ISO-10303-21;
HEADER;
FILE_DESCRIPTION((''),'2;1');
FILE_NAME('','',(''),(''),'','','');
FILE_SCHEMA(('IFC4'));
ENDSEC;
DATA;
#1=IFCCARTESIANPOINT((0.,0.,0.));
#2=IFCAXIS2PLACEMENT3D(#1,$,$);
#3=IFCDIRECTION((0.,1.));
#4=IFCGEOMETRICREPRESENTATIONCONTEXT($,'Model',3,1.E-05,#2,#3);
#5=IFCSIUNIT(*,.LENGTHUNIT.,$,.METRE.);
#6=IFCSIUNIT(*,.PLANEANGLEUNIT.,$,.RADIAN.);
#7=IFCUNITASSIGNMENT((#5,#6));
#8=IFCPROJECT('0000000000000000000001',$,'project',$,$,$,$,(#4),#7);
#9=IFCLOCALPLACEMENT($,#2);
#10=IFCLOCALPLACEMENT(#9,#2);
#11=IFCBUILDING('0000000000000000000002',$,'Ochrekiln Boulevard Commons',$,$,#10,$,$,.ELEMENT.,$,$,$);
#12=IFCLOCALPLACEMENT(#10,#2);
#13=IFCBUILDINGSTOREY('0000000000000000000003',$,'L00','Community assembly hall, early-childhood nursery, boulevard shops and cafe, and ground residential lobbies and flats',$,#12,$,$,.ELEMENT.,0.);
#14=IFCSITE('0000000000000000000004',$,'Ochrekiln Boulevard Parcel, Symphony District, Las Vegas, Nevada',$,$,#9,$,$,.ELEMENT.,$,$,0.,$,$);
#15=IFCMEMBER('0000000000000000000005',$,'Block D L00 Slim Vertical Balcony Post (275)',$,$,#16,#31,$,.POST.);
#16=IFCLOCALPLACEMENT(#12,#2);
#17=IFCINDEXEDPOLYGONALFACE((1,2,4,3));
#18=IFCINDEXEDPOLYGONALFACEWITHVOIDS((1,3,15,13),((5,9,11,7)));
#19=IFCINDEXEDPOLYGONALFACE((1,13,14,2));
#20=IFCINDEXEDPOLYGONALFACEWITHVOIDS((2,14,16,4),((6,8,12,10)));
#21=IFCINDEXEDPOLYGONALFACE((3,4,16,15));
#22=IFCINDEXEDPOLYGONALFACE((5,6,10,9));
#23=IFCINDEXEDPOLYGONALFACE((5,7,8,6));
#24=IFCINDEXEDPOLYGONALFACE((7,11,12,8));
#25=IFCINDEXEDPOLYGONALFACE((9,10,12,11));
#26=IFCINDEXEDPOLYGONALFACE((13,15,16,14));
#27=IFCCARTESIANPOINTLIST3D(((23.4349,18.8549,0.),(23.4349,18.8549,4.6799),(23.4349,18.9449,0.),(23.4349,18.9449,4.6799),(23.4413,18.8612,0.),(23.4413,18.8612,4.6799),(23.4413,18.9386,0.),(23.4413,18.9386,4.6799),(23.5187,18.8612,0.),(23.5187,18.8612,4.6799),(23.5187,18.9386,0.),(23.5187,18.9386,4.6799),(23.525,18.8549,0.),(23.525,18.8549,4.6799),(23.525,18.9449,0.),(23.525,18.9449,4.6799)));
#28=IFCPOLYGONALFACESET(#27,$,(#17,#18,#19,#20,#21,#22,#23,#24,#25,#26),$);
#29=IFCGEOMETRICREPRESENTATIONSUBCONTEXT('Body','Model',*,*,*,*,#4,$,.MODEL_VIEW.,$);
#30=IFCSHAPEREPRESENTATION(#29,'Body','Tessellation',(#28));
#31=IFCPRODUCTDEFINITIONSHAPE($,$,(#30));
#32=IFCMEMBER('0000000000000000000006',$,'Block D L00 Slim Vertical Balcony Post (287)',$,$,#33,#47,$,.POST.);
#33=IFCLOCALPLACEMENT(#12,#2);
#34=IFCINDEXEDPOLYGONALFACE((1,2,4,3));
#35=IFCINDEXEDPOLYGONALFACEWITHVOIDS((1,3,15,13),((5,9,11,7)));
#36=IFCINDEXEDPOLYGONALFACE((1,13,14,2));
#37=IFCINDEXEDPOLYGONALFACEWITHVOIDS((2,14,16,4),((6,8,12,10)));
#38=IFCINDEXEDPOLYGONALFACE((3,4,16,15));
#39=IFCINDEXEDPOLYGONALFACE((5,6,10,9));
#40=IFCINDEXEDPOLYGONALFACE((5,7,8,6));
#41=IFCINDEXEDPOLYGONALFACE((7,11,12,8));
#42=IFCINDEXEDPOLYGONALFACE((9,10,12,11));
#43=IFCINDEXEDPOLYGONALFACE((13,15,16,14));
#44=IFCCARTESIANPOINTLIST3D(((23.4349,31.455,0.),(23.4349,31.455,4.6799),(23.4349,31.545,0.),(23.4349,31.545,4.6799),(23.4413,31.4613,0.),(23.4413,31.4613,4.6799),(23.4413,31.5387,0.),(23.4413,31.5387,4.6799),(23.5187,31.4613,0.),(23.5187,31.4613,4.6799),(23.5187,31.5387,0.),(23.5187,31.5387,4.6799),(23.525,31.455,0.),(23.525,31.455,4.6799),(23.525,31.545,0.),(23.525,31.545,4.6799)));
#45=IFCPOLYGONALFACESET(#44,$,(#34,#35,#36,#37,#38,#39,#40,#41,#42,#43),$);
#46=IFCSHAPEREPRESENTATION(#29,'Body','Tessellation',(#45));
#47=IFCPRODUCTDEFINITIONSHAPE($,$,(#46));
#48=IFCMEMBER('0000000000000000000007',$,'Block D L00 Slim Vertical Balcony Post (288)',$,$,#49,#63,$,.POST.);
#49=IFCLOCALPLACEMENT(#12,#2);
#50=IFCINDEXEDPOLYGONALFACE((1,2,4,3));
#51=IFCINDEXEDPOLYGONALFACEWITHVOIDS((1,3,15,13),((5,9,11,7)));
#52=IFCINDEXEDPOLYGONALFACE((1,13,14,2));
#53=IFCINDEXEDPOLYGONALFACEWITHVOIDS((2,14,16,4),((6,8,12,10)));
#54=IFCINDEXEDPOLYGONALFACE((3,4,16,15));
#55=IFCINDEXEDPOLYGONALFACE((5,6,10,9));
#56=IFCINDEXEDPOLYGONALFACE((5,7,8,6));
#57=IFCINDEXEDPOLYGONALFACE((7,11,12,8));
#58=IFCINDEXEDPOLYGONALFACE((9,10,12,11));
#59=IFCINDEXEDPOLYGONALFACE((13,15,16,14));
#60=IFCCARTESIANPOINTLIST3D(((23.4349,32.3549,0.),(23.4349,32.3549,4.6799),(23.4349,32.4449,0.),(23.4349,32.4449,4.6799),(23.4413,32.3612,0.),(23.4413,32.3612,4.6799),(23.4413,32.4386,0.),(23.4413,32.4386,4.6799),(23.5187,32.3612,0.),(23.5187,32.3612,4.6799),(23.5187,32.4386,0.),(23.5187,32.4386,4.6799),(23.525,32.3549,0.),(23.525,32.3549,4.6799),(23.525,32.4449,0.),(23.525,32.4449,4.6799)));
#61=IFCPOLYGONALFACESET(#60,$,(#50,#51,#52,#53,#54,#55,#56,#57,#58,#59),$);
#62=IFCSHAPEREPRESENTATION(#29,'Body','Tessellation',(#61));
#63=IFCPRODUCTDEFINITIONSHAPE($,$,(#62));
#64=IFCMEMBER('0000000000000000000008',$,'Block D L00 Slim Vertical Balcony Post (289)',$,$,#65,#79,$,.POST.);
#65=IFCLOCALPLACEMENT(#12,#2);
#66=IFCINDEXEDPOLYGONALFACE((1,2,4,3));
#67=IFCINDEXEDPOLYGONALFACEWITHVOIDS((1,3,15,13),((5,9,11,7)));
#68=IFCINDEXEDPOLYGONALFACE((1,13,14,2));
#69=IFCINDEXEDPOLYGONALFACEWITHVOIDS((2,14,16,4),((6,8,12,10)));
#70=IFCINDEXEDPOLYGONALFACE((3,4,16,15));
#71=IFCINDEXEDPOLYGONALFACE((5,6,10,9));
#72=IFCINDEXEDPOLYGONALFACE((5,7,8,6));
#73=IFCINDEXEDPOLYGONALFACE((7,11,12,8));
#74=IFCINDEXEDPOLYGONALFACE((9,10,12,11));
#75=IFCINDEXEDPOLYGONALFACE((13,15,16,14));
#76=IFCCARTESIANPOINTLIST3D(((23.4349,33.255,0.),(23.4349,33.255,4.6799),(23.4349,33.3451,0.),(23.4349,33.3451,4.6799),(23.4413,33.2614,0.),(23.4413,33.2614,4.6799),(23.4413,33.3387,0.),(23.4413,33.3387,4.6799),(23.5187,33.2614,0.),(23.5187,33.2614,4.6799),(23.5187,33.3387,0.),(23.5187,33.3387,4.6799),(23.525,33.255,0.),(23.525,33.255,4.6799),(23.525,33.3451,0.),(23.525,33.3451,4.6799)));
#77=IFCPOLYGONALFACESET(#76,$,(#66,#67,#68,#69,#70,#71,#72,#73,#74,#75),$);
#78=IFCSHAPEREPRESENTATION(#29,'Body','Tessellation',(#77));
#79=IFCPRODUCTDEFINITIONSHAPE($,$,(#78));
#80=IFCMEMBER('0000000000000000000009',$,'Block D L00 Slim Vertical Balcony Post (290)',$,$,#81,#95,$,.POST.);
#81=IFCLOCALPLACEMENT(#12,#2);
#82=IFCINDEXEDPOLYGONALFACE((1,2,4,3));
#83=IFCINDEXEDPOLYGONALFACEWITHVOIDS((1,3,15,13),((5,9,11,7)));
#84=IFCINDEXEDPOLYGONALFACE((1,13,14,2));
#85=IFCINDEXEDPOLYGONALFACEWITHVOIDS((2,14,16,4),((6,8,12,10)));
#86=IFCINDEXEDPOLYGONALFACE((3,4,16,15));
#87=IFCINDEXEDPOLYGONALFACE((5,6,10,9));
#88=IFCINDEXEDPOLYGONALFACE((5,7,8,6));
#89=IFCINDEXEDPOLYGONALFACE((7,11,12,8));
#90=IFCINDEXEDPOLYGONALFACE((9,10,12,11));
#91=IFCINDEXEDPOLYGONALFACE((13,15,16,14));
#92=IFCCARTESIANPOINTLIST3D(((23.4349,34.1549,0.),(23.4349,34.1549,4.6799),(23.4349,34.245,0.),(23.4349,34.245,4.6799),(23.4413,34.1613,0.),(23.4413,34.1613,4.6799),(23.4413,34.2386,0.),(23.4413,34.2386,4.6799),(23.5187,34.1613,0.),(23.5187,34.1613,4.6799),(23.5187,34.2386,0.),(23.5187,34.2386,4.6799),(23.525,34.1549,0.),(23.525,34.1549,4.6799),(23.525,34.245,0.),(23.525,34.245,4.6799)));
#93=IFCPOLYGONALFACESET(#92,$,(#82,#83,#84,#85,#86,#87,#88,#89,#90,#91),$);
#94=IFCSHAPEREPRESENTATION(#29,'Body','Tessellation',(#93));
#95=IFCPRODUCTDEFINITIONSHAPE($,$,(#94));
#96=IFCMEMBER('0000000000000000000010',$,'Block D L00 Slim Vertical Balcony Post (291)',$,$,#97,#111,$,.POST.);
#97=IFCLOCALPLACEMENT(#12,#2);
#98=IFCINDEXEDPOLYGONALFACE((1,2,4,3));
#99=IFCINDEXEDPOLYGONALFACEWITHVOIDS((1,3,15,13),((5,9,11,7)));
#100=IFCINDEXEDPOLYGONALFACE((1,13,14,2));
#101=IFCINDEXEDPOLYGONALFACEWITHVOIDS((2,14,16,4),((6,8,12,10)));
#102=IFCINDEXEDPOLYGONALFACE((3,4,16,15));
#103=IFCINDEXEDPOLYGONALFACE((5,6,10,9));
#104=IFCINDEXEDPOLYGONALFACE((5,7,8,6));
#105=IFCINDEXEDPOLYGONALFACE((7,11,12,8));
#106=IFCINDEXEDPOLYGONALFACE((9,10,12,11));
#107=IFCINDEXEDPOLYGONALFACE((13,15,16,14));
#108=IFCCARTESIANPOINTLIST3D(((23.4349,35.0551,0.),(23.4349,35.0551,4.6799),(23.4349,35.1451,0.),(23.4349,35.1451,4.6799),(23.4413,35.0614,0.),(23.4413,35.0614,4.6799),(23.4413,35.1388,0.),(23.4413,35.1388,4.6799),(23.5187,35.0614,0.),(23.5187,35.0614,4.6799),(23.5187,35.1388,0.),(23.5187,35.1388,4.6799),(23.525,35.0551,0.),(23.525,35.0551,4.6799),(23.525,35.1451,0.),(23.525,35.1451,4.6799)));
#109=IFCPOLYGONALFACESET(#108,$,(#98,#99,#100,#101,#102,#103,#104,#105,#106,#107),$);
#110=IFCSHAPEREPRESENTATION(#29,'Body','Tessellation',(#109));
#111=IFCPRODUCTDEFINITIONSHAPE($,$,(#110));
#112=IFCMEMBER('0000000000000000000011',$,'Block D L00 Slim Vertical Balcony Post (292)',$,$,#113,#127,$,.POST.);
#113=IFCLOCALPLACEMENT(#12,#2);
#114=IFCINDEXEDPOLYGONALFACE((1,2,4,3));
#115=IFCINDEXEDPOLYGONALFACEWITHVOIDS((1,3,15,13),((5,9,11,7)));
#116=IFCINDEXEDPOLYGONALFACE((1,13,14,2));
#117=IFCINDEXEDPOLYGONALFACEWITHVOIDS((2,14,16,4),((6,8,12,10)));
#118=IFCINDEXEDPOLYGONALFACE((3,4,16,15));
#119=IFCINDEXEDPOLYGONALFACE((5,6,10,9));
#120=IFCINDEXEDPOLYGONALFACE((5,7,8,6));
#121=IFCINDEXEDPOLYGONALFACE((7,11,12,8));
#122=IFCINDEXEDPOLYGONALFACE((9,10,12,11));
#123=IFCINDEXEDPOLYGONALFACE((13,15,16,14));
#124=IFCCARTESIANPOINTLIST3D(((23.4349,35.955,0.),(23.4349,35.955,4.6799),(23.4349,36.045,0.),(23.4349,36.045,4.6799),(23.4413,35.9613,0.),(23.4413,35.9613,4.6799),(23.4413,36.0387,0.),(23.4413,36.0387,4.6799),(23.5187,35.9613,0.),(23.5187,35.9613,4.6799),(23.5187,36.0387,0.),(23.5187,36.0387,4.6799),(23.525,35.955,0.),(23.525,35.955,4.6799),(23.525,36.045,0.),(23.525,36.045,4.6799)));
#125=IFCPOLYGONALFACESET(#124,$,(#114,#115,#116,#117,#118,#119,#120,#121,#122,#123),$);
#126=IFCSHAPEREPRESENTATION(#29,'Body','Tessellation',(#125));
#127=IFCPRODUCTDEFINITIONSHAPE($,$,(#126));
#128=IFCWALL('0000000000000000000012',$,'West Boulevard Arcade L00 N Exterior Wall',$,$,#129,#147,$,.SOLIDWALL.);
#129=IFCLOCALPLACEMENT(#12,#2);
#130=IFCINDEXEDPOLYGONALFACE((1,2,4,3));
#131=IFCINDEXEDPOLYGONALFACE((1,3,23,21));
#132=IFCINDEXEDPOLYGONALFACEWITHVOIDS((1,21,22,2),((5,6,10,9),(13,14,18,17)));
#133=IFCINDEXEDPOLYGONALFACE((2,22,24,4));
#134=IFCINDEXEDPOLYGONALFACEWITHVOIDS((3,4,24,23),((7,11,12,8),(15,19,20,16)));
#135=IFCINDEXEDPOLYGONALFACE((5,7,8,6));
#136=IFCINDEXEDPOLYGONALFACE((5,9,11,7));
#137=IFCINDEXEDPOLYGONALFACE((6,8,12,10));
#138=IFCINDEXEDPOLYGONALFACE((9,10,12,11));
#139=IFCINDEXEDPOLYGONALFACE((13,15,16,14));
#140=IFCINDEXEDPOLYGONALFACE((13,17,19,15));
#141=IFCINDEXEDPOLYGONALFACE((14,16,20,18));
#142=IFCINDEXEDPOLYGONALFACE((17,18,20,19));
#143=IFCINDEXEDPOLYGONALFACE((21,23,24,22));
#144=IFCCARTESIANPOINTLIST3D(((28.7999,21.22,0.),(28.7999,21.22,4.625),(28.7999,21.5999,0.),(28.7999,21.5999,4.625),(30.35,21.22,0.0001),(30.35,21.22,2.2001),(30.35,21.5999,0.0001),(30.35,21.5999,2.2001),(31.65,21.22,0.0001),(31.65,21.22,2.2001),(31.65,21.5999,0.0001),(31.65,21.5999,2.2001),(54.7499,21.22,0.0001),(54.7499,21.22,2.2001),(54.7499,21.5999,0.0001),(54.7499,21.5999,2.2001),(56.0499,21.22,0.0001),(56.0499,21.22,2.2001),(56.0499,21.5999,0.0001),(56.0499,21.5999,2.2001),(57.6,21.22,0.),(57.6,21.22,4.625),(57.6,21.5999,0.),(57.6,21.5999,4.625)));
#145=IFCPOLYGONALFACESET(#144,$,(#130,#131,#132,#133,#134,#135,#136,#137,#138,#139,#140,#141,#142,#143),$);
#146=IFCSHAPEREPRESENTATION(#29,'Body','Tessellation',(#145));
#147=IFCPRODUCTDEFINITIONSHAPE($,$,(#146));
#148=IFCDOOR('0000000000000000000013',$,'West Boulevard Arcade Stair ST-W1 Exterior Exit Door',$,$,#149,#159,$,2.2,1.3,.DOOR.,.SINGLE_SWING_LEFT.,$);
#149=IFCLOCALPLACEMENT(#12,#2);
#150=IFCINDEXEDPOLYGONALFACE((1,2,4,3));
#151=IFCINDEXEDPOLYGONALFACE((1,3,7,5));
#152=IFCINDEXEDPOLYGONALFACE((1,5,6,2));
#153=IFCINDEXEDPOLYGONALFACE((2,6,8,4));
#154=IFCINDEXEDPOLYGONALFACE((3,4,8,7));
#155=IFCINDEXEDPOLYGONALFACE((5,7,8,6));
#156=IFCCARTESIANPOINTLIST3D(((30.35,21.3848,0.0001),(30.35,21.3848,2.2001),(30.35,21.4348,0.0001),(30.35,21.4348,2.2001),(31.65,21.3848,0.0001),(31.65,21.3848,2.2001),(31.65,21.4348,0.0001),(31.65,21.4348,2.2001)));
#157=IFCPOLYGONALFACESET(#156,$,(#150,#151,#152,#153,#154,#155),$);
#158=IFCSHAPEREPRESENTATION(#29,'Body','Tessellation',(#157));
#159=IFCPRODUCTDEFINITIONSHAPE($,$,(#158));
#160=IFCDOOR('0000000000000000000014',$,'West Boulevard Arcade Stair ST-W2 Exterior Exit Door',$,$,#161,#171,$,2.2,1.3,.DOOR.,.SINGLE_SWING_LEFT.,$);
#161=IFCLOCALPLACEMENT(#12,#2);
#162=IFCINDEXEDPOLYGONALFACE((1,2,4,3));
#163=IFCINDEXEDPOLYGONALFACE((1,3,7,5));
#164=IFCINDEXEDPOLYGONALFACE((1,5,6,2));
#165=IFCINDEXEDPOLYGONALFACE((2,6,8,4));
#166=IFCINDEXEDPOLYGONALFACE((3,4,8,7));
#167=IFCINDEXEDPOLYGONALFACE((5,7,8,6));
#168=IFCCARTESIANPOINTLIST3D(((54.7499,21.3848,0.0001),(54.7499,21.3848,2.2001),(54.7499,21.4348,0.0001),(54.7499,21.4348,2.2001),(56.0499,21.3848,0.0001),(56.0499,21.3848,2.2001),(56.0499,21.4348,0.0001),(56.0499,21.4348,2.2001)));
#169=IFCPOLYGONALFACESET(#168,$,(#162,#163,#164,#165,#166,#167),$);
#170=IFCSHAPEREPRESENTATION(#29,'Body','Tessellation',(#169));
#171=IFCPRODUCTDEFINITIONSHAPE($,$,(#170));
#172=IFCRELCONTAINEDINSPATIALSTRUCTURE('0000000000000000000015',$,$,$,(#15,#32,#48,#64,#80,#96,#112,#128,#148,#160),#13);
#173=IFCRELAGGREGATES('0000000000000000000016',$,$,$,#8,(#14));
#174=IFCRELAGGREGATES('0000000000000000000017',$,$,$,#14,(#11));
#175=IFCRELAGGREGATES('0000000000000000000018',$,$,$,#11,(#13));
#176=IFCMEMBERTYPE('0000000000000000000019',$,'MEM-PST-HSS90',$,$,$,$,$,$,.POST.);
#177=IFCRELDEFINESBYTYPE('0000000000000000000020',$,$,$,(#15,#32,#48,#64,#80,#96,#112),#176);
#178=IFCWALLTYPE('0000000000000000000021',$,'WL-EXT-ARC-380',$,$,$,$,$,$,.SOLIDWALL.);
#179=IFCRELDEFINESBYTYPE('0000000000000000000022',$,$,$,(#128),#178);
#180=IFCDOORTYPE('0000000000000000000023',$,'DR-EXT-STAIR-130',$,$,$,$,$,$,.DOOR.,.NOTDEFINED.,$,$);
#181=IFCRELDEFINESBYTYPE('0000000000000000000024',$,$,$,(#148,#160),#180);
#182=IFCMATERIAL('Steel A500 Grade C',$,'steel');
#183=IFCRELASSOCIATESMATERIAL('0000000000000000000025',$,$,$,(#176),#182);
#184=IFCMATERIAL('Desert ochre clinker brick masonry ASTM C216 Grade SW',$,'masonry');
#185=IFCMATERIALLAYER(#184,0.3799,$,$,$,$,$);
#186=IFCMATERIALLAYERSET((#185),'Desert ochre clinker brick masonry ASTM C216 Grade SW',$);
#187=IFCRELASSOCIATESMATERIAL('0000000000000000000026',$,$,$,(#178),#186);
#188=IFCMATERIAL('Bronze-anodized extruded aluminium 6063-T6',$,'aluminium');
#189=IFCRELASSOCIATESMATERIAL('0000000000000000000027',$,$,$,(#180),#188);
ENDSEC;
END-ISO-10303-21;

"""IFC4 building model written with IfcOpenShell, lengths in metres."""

from ifc_helpers import new_model, si_unit, direction, frame, frame_2d, origin, origin_2d, place, context, subcontext, project, spatial, rectangle, hollow_rectangle, extrude, material, layer, layer_set, material_profile, profile_set, type_object, element, fill, save


model = new_model("IFC4")

# Units and contexts
model_context = context("Model", 3, precision=1e-05, world=origin(), true_north=direction((0.0, 1.0)))
body_context = subcontext(model_context, "Body", "Model", "MODEL_VIEW")
ifc_project = project(units=[si_unit("LENGTHUNIT", "METRE"), si_unit("PLANEANGLEUNIT", "RADIAN")], contexts=[model_context])

# Site, building, storey
site_placement = place(None, origin())
site = spatial("IfcSite", under=ifc_project, at=site_placement, Name="Ochrekiln Boulevard Parcel, Symphony District, Las Vegas, Nevada", CompositionType="ELEMENT", RefElevation=0.0)
building_placement = place(site_placement, origin())
building = spatial("IfcBuilding", under=site, at=building_placement, Name="Ochrekiln Boulevard Commons", CompositionType="ELEMENT")
storey_placement = place(building_placement, origin())
storey = spatial("IfcBuildingStorey", under=building, at=storey_placement, Name="L00", Description="Community assembly hall, early-childhood nursery, boulevard shops and cafe, and ground residential lobbies and flats", CompositionType="ELEMENT", Elevation=0.0)

# Members
ifc_material_1 = material(Name="Steel A500 Grade C", Category="steel")
ifc_material_profile_1 = material_profile(ifc_material_1, hollow_rectangle(XDim=0.0901, YDim=0.0901, WallThickness=0.0063, at=origin_2d()), Name="HSS90X90X6.4")
ifc_profile_set_1 = profile_set([ifc_material_profile_1], Name="Steel A500 Grade C")
member_type = type_object("IfcMemberType", Name="MEM-PST-HSS90", PredefinedType="POST", material=ifc_profile_set_1)
for number, where, z_axis, x_axis, name in (
    (1, (23.48, 18.8999, 0.0), (0.0, 0.0, 1.0), (1.0, 0.0, 0.0), "Block D L00 Slim Vertical Balcony Post (275)"),
    (2, (23.48, 31.5, 0.0), (0.0, 0.0, 1.0), (1.0, 0.0, 0.0), "Block D L00 Slim Vertical Balcony Post (287)"),
    (3, (23.48, 32.3999, 0.0), (0.0, 0.0, 1.0), (1.0, 0.0, 0.0), "Block D L00 Slim Vertical Balcony Post (288)"),
    (4, (23.48, 33.3, 0.0), (0.0, 0.0, 1.0), (1.0, 0.0, 0.0), "Block D L00 Slim Vertical Balcony Post (289)"),
    (5, (23.48, 34.2, 0.0), (0.0, 0.0, 1.0), (1.0, 0.0, 0.0), "Block D L00 Slim Vertical Balcony Post (290)"),
    (6, (23.48, 35.1001, 0.0), (0.0, 0.0, 1.0), (1.0, 0.0, 0.0), "Block D L00 Slim Vertical Balcony Post (291)"),
    (7, (23.48, 36.0, 0.0), (0.0, 0.0, 1.0), (1.0, 0.0, 0.0), "Block D L00 Slim Vertical Balcony Post (292)"),
):
    element("IfcMember", number, at=place(storey_placement, frame(where, z_axis=z_axis, x_axis=x_axis)), inside=storey, type_object=member_type, Name=name, PredefinedType="POST", context=body_context, shape_type="SweptSolid", body=[
        extrude(hollow_rectangle(XDim=0.0901, YDim=0.0901, WallThickness=0.0063, at=origin_2d()), origin(), (0.0, 0.0, 1.0), 4.6799),
    ])

# Wall, openings, doors
ifc_material_2 = material(Name="Desert ochre clinker brick masonry ASTM C216 Grade SW", Category="masonry")
ifc_layer = layer(ifc_material_2, 0.3799)
ifc_layer_set = layer_set([ifc_layer], Name="Desert ochre clinker brick masonry ASTM C216 Grade SW")
wall_type = type_object("IfcWallType", Name="WL-EXT-ARC-380", PredefinedType="SOLIDWALL", material=ifc_layer_set)
wall_placement = place(storey_placement, frame((28.8, 21.4099, 0.0), z_axis=(0.0, 0.0, 1.0), x_axis=(1.0, 0.0, 0.0)))
wall = element("IfcWall", 8, at=wall_placement, inside=storey, type_object=wall_type, Name="West Boulevard Arcade L00 N Exterior Wall", PredefinedType="SOLIDWALL", context=body_context, shape_type="SweptSolid", body=[
    extrude(rectangle(XDim=28.8, YDim=0.3799, at=frame_2d((14.3999, 0.0))), origin(), (0.0, 0.0, 1.0), 4.625),
])
opening_1_placement = place(wall_placement, frame((1.55, 0.0, 0.0)))
opening_1 = element("IfcOpeningElement", 9, at=opening_1_placement, cuts=wall, PredefinedType="OPENING", context=body_context, shape_type="SweptSolid", body=[
    extrude(rectangle(XDim=1.3, YDim=2.2, at=frame_2d((0.6499, 1.1001))), frame((0.0, 0.2, 0.0), z_axis=(0.0, -1.0, 0.0), x_axis=(1.0, 0.0, 0.0)), (0.0, 0.0, 1.0), 0.3999),
])
opening_2_placement = place(wall_placement, frame((25.95, 0.0, 0.0)))
opening_2 = element("IfcOpeningElement", 10, at=opening_2_placement, cuts=wall, PredefinedType="OPENING", context=body_context, shape_type="SweptSolid", body=[
    extrude(rectangle(XDim=1.3, YDim=2.2, at=frame_2d((0.6499, 1.1001))), frame((0.0, 0.2, 0.0), z_axis=(0.0, -1.0, 0.0), x_axis=(1.0, 0.0, 0.0)), (0.0, 0.0, 1.0), 0.3999),
])
ifc_material_3 = material(Name="Bronze-anodized extruded aluminium 6063-T6", Category="aluminium")
door_type = type_object("IfcDoorType", Name="DR-EXT-STAIR-130", OperationType="NOTDEFINED", PredefinedType="DOOR", material=ifc_material_3)
door_1_placement = place(opening_1_placement, origin())
door_1 = element("IfcDoor", 11, at=door_1_placement, inside=storey, type_object=door_type, Name="West Boulevard Arcade Stair ST-W1 Exterior Exit Door", OperationType="SINGLE_SWING_LEFT", OverallHeight=2.2, OverallWidth=1.3, PredefinedType="DOOR", context=body_context, shape_type="SweptSolid", body=[
    extrude(rectangle(XDim=1.3, YDim=2.2, at=frame_2d((0.6499, 1.1001))), frame((0.0, 0.0249, 0.0), z_axis=(0.0, -1.0, 0.0), x_axis=(1.0, 0.0, 0.0)), (0.0, 0.0, 1.0), 0.05),
])
fill(opening_1, door_1)
door_2_placement = place(opening_2_placement, origin())
door_2 = element("IfcDoor", 12, at=door_2_placement, inside=storey, type_object=door_type, Name="West Boulevard Arcade Stair ST-W2 Exterior Exit Door", OperationType="SINGLE_SWING_LEFT", OverallHeight=2.2, OverallWidth=1.3, PredefinedType="DOOR", context=body_context, shape_type="SweptSolid", body=[
    extrude(rectangle(XDim=1.3, YDim=2.2, at=frame_2d((0.6499, 1.1001))), frame((0.0, 0.0249, 0.0), z_axis=(0.0, -1.0, 0.0), x_axis=(1.0, 0.0, 0.0)), (0.0, 0.0, 1.0), 0.05),
])
fill(opening_2, door_2)

save(model, "model.ifc")
